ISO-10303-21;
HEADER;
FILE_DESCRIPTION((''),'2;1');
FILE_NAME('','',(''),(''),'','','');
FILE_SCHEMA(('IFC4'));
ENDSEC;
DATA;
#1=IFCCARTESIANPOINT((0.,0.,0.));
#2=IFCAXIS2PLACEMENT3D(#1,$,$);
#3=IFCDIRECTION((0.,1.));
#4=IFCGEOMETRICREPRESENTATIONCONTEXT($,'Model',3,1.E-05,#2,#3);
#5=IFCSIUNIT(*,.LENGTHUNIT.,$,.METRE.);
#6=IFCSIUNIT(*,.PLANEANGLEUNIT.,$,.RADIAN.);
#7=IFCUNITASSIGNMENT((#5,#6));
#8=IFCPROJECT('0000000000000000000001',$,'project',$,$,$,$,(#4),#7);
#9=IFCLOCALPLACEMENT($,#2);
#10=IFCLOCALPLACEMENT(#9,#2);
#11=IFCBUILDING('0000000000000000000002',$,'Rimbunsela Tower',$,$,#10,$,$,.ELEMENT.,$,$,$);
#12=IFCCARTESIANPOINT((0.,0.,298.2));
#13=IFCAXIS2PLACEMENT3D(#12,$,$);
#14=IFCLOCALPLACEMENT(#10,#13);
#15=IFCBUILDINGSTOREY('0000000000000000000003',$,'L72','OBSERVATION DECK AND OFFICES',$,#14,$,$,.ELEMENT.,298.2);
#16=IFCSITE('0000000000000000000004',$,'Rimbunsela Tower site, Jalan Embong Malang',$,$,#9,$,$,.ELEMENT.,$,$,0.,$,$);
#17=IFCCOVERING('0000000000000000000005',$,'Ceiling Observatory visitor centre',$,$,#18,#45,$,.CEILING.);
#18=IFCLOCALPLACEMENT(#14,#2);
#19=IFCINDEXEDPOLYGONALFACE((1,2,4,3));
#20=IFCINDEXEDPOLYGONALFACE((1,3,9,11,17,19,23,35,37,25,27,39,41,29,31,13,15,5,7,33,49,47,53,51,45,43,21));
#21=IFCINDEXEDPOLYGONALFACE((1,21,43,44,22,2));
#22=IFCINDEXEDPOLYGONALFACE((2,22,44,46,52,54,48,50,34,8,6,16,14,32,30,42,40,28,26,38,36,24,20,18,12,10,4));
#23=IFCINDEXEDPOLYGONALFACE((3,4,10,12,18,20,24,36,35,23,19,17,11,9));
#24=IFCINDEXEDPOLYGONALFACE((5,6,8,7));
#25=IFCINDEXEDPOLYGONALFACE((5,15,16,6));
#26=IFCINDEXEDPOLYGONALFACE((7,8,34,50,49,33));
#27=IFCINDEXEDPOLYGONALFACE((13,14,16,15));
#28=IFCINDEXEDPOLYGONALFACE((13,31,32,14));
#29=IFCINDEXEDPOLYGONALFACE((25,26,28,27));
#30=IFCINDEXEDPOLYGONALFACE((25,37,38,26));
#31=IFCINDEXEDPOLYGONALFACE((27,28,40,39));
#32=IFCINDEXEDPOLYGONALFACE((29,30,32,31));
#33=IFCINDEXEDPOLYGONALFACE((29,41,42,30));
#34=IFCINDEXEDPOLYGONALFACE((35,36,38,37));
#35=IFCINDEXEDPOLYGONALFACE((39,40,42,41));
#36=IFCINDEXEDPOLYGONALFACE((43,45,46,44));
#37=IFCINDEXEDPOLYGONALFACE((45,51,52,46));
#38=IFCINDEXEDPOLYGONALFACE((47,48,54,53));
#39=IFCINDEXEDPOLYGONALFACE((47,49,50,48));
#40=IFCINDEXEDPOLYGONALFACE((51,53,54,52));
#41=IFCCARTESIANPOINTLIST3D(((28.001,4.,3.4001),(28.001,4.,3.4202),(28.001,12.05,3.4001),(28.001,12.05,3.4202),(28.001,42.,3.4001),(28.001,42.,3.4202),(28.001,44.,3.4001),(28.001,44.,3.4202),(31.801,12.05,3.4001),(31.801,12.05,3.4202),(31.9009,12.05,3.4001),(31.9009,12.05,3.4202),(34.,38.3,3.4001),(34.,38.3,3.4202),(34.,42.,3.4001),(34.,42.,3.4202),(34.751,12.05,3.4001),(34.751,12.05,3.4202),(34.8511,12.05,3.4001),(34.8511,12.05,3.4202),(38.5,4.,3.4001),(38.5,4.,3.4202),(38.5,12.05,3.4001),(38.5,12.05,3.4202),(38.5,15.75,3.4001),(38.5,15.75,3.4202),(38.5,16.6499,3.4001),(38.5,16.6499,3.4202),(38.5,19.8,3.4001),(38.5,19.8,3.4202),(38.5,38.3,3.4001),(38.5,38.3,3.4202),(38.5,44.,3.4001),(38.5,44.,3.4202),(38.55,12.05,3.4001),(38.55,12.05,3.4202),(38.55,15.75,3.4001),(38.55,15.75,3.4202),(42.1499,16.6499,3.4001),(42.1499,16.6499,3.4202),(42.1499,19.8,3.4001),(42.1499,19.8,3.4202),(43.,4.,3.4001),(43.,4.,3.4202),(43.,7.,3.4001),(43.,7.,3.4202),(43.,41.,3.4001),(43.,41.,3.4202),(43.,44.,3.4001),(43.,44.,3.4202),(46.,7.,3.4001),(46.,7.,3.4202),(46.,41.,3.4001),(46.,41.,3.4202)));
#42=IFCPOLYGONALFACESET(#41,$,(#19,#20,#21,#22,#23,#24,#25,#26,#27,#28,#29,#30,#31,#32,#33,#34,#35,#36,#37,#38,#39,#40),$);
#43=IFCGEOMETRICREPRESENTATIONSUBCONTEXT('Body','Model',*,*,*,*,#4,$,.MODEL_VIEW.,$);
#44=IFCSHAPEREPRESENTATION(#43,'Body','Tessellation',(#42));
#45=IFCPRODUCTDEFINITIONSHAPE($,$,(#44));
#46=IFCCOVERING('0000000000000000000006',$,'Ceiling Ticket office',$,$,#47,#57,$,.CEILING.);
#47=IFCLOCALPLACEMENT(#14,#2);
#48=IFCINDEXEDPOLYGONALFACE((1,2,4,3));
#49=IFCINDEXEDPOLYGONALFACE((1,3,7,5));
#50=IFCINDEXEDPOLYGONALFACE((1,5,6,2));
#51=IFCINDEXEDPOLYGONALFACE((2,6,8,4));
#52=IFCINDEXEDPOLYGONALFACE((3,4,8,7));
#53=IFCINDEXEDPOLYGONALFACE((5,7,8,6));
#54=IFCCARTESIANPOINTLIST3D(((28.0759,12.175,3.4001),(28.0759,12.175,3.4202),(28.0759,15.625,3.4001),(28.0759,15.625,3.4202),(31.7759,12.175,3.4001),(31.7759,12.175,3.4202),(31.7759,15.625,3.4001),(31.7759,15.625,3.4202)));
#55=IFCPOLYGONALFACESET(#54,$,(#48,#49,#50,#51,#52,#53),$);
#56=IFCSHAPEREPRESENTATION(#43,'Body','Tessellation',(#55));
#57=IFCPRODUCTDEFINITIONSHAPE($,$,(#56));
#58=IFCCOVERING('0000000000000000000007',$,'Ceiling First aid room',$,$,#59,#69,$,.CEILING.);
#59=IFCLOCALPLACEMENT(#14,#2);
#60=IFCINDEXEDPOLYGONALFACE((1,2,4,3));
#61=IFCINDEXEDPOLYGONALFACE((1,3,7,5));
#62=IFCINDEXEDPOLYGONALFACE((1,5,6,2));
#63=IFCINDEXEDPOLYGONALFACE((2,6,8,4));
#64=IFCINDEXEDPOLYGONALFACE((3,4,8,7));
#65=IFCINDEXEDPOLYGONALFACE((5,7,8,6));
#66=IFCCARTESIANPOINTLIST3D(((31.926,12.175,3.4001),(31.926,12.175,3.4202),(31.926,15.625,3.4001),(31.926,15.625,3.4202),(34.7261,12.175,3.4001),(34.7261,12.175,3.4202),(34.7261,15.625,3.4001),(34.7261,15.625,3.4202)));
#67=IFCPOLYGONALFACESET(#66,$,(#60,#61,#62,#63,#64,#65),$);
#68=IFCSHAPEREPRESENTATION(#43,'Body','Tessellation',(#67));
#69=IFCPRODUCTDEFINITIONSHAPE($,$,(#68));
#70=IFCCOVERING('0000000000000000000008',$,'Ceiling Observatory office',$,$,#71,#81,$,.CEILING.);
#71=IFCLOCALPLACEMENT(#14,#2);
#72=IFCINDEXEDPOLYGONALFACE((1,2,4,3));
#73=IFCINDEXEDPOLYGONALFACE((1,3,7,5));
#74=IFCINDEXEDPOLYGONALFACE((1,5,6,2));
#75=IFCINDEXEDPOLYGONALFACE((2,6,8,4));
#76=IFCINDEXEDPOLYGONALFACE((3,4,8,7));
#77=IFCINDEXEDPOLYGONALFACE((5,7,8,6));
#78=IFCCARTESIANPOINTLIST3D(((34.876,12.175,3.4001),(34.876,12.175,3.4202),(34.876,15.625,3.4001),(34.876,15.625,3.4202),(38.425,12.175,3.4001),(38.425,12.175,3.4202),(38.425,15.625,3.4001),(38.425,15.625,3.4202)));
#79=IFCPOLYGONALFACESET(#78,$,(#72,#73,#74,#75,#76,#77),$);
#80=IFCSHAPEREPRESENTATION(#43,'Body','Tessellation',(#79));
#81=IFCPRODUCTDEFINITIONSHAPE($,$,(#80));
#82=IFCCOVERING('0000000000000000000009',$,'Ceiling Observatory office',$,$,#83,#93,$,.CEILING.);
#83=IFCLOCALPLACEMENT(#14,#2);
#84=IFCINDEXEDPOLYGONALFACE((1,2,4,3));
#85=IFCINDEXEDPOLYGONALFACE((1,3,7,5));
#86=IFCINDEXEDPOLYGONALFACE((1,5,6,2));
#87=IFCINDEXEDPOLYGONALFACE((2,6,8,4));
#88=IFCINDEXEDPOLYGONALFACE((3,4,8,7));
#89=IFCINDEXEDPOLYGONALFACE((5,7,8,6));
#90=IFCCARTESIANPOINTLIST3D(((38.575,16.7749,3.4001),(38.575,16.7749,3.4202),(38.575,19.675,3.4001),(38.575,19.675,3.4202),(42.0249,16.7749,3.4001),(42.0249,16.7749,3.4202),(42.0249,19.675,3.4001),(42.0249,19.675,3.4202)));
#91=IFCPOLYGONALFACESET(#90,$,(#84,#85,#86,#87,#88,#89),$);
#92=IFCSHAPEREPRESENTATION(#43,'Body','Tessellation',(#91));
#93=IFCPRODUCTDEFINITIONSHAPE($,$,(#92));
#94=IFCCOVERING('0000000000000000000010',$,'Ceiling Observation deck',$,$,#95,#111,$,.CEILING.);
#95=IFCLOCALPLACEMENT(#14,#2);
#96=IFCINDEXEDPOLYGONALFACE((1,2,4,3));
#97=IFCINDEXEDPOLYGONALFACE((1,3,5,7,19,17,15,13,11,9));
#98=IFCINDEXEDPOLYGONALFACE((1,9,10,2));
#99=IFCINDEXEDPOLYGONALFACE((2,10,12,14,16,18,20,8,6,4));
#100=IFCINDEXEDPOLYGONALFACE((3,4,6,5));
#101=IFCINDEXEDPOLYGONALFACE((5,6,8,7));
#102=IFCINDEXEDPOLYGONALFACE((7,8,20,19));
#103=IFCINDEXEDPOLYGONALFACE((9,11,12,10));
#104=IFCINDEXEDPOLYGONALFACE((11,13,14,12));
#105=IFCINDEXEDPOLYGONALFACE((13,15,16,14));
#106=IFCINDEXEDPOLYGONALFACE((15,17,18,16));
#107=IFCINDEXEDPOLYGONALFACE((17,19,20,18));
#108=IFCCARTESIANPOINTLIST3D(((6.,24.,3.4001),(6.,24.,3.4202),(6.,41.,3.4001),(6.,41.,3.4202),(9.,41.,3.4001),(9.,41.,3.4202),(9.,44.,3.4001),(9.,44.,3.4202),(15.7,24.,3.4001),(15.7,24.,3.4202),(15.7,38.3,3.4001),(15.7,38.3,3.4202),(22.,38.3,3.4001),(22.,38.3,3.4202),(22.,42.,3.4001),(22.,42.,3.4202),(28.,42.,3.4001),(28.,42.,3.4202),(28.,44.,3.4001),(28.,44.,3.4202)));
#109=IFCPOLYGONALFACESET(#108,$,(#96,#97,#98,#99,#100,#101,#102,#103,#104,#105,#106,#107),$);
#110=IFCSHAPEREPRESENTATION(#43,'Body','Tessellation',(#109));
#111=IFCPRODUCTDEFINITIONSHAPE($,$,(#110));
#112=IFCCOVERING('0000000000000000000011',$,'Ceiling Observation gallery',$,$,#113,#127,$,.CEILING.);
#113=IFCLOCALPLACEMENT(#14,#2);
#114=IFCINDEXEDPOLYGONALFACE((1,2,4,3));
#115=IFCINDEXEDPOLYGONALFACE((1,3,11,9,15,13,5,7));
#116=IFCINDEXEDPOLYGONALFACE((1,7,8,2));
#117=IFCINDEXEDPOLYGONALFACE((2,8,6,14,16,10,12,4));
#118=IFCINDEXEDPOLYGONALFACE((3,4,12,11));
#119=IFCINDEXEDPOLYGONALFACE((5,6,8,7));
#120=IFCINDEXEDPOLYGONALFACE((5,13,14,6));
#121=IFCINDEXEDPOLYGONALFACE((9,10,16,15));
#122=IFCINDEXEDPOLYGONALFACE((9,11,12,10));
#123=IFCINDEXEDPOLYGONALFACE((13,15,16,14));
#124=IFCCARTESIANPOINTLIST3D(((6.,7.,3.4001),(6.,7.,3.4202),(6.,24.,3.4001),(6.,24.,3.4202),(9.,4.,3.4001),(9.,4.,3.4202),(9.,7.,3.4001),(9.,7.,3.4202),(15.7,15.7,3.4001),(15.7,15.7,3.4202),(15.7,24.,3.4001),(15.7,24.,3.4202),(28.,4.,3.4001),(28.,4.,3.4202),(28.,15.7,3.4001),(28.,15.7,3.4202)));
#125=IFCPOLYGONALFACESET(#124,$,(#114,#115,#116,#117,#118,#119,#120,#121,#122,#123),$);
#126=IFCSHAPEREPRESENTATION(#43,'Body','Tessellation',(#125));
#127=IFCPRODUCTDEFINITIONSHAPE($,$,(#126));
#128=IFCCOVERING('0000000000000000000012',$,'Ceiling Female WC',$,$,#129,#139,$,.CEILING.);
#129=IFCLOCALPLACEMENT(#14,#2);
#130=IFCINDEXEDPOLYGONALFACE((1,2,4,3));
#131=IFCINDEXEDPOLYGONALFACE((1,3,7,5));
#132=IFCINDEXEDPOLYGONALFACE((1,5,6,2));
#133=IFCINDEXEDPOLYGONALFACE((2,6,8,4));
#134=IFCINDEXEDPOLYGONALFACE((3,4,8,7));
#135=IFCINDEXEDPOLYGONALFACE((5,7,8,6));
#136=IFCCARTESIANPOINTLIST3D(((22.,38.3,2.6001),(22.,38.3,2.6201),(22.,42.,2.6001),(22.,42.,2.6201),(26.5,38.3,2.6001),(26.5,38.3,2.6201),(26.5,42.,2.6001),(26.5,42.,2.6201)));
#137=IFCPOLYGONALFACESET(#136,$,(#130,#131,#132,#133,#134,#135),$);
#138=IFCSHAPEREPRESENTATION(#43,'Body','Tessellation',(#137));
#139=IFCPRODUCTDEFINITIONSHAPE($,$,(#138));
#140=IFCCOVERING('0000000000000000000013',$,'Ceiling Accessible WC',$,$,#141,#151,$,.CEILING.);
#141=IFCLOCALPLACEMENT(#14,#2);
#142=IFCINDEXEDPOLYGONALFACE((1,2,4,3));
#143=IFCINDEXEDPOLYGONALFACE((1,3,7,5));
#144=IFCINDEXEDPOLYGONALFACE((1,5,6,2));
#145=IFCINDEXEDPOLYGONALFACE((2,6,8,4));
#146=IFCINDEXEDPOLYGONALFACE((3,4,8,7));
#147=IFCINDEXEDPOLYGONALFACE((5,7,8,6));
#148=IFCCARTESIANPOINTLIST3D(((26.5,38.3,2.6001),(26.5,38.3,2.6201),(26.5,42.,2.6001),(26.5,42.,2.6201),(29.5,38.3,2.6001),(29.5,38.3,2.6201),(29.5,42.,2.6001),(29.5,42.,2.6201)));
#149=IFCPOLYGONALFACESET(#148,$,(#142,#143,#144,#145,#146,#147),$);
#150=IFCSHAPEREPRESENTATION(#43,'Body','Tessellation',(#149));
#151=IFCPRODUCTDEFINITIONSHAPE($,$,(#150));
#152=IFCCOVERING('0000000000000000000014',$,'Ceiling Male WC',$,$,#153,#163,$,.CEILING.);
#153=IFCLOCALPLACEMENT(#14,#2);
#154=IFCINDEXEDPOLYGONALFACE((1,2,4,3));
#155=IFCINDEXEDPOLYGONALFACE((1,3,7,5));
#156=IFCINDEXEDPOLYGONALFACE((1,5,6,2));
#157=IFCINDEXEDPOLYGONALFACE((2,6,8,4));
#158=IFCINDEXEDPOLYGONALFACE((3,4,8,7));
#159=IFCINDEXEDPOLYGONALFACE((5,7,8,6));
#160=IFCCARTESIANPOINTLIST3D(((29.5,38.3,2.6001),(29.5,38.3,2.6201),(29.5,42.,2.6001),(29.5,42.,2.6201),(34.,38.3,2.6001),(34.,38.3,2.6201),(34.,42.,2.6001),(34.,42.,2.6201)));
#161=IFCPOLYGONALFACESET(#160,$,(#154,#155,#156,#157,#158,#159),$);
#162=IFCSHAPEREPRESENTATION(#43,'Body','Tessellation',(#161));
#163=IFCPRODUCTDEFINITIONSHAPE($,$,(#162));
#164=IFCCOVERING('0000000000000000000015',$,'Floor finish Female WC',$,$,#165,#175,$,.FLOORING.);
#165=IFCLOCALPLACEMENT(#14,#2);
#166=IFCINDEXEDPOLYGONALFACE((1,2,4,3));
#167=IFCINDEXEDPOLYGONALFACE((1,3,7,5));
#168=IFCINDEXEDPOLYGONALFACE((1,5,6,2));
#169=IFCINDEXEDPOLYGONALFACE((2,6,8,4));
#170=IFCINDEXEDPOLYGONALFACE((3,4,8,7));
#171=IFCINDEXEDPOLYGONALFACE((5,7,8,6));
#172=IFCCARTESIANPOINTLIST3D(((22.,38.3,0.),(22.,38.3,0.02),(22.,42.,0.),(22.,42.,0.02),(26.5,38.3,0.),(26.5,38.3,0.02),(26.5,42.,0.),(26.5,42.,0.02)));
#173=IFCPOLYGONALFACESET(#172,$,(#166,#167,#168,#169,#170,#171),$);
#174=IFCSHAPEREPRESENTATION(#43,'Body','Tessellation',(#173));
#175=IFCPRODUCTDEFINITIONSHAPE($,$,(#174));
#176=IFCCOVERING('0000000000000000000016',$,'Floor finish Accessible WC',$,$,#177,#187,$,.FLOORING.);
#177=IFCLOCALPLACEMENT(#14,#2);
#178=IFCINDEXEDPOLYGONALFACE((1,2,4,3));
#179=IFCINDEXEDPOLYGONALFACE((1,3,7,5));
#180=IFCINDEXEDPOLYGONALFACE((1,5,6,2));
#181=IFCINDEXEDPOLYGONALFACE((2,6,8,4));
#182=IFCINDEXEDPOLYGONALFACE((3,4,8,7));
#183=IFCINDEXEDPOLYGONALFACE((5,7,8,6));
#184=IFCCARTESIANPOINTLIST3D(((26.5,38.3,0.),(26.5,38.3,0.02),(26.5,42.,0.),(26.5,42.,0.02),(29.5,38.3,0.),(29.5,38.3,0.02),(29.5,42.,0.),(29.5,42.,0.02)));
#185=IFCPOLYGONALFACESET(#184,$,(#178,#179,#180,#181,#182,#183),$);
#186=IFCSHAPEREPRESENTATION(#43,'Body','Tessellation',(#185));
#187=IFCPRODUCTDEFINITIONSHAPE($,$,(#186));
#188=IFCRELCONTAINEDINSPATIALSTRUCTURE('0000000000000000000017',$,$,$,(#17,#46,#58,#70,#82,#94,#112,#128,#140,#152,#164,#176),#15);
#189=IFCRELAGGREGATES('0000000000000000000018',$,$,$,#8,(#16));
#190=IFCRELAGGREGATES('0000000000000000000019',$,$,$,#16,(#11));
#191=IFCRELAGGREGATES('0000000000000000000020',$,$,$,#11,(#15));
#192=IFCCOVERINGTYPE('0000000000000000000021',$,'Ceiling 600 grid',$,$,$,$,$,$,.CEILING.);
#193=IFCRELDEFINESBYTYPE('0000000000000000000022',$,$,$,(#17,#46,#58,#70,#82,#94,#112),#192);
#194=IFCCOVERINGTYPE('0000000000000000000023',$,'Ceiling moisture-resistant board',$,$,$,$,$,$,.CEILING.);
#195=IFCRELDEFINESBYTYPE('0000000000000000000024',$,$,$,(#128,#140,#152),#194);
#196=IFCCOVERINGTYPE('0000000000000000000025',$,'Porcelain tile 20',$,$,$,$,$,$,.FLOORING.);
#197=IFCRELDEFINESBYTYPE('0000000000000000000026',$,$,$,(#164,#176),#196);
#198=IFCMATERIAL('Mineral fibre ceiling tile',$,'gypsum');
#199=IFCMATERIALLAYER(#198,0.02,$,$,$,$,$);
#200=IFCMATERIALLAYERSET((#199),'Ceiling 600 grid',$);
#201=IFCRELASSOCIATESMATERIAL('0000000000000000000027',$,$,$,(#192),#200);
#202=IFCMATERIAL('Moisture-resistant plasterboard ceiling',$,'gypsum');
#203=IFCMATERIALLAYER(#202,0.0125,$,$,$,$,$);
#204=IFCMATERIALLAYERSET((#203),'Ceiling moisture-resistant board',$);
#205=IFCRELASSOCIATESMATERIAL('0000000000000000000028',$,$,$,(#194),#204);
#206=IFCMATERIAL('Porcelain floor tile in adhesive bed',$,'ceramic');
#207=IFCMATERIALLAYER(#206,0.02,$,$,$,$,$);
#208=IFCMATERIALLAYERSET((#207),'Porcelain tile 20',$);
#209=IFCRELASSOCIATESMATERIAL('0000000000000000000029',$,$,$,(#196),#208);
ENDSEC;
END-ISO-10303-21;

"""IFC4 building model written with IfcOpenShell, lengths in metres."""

from ifc_helpers import new_model, si_unit, direction, frame, origin, place, context, subcontext, project, spatial, polyline, outline, extrude, material, layer, layer_set, type_object, element, save


model = new_model("IFC4")

# Units and contexts
model_context = context("Model", 3, precision=1e-05, world=origin(), true_north=direction((0.0, 1.0)))
body_context = subcontext(model_context, "Body", "Model", "MODEL_VIEW")
ifc_project = project(units=[si_unit("LENGTHUNIT", "METRE"), si_unit("PLANEANGLEUNIT", "RADIAN")], contexts=[model_context])

# Site, building, storey
site_placement = place(None, origin())
site = spatial("IfcSite", under=ifc_project, at=site_placement, Name="Rimbunsela Tower site, Jalan Embong Malang", CompositionType="ELEMENT", RefElevation=0.0)
building_placement = place(site_placement, origin())
building = spatial("IfcBuilding", under=site, at=building_placement, Name="Rimbunsela Tower", CompositionType="ELEMENT")
storey_placement = place(building_placement, frame((0.0, 0.0, 298.2)))
storey = spatial("IfcBuildingStorey", under=building, at=storey_placement, Name="L72", Description="OBSERVATION DECK AND OFFICES", CompositionType="ELEMENT", Elevation=298.2)

# Coverings
ifc_material_1 = material(Name="Mineral fibre ceiling tile", Category="gypsum")
ifc_layer_1 = layer(ifc_material_1, 0.02)
ifc_layer_set_1 = layer_set([ifc_layer_1], Name="Ceiling 600 grid")
covering_type_1 = type_object("IfcCoveringType", Name="Ceiling 600 grid", PredefinedType="CEILING", material=ifc_layer_set_1)
covering_1_placement = place(storey_placement, frame((0.0, 0.0, 3.4001)))
element("IfcCovering", 1, at=covering_1_placement, inside=storey, type_object=covering_type_1, Name="Ceiling Observatory visitor centre", PredefinedType="CEILING", context=body_context, shape_type="SweptSolid", body=[
    extrude(outline(polyline([(28.001, 12.05), (31.801, 12.05), (31.9009, 12.05), (34.751, 12.05), (34.8511, 12.05), (38.5, 12.05), (38.55, 12.05), (38.55, 15.75), (38.5, 15.75), (38.5, 16.6499), (42.1499, 16.6499), (42.1499, 19.8), (38.5, 19.8), (38.5, 38.3), (34.0, 38.3), (34.0, 42.0), (28.001, 42.0), (28.001, 44.0), (38.5, 44.0), (43.0, 44.0), (43.0, 41.0), (46.0, 41.0), (46.0, 7.0), (43.0, 7.0), (43.0, 4.0), (38.5, 4.0), (28.001, 4.0), (28.001, 12.05)])), origin(), (0.0, 0.0, 1.0), 0.02),
])
covering_2_placement = place(storey_placement, frame((0.0, 0.0, 3.4001)))
element("IfcCovering", 2, at=covering_2_placement, inside=storey, type_object=covering_type_1, Name="Ceiling Ticket office", PredefinedType="CEILING", context=body_context, shape_type="SweptSolid", body=[
    extrude(outline(polyline([(31.7759, 12.175), (31.7759, 15.625), (28.0759, 15.625), (28.0759, 12.175), (31.7759, 12.175)])), origin(), (0.0, 0.0, 1.0), 0.02),
])
covering_3_placement = place(storey_placement, frame((0.0, 0.0, 3.4001)))
element("IfcCovering", 3, at=covering_3_placement, inside=storey, type_object=covering_type_1, Name="Ceiling First aid room", PredefinedType="CEILING", context=body_context, shape_type="SweptSolid", body=[
    extrude(outline(polyline([(34.7261, 12.175), (34.7261, 15.625), (31.926, 15.625), (31.926, 12.175), (34.7261, 12.175)])), origin(), (0.0, 0.0, 1.0), 0.02),
])
covering_4_placement = place(storey_placement, frame((0.0, 0.0, 3.4001)))
element("IfcCovering", 4, at=covering_4_placement, inside=storey, type_object=covering_type_1, Name="Ceiling Observatory office", PredefinedType="CEILING", context=body_context, shape_type="SweptSolid", body=[
    extrude(outline(polyline([(38.425, 12.175), (38.425, 15.625), (34.876, 15.625), (34.876, 12.175), (38.425, 12.175)])), origin(), (0.0, 0.0, 1.0), 0.02),
])
covering_5_placement = place(storey_placement, frame((0.0, 0.0, 3.4001)))
element("IfcCovering", 5, at=covering_5_placement, inside=storey, type_object=covering_type_1, Name="Ceiling Observatory office", PredefinedType="CEILING", context=body_context, shape_type="SweptSolid", body=[
    extrude(outline(polyline([(42.0249, 16.7749), (42.0249, 19.675), (38.575, 19.675), (38.575, 16.7749), (42.0249, 16.7749)])), origin(), (0.0, 0.0, 1.0), 0.02),
])
covering_6_placement = place(storey_placement, frame((0.0, 0.0, 3.4001)))
element("IfcCovering", 6, at=covering_6_placement, inside=storey, type_object=covering_type_1, Name="Ceiling Observation deck", PredefinedType="CEILING", context=body_context, shape_type="SweptSolid", body=[
    extrude(outline(polyline([(9.0, 41.0), (9.0, 44.0), (28.0, 44.0), (28.0, 42.0), (22.0, 42.0), (22.0, 38.3), (15.7, 38.3), (15.7, 24.0), (6.0, 24.0), (6.0, 41.0), (9.0, 41.0)])), origin(), (0.0, 0.0, 1.0), 0.02),
])
covering_7_placement = place(storey_placement, frame((0.0, 0.0, 3.4001)))
element("IfcCovering", 7, at=covering_7_placement, inside=storey, type_object=covering_type_1, Name="Ceiling Observation gallery", PredefinedType="CEILING", context=body_context, shape_type="SweptSolid", body=[
    extrude(outline(polyline([(15.7, 15.7), (28.0, 15.7), (28.0, 4.0), (9.0, 4.0), (9.0, 7.0), (6.0, 7.0), (6.0, 24.0), (15.7, 24.0), (15.7, 15.7)])), origin(), (0.0, 0.0, 1.0), 0.02),
])
ifc_material_2 = material(Name="Moisture-resistant plasterboard ceiling", Category="gypsum")
ifc_layer_2 = layer(ifc_material_2, 0.0125)
ifc_layer_set_2 = layer_set([ifc_layer_2], Name="Ceiling moisture-resistant board")
covering_type_2 = type_object("IfcCoveringType", Name="Ceiling moisture-resistant board", PredefinedType="CEILING", material=ifc_layer_set_2)
covering_8_placement = place(storey_placement, frame((0.0, 0.0, 2.6001)))
element("IfcCovering", 8, at=covering_8_placement, inside=storey, type_object=covering_type_2, Name="Ceiling Female WC", PredefinedType="CEILING", context=body_context, shape_type="SweptSolid", body=[
    extrude(outline(polyline([(26.5, 38.3), (26.5, 42.0), (22.0, 42.0), (22.0, 38.3), (26.5, 38.3)])), origin(), (0.0, 0.0, 1.0), 0.02),
])
covering_9_placement = place(storey_placement, frame((0.0, 0.0, 2.6001)))
element("IfcCovering", 9, at=covering_9_placement, inside=storey, type_object=covering_type_2, Name="Ceiling Accessible WC", PredefinedType="CEILING", context=body_context, shape_type="SweptSolid", body=[
    extrude(outline(polyline([(29.5, 38.3), (29.5, 42.0), (26.5, 42.0), (26.5, 38.3), (29.5, 38.3)])), origin(), (0.0, 0.0, 1.0), 0.02),
])
covering_10_placement = place(storey_placement, frame((0.0, 0.0, 2.6001)))
element("IfcCovering", 10, at=covering_10_placement, inside=storey, type_object=covering_type_2, Name="Ceiling Male WC", PredefinedType="CEILING", context=body_context, shape_type="SweptSolid", body=[
    extrude(outline(polyline([(34.0, 38.3), (34.0, 42.0), (29.5, 42.0), (29.5, 38.3), (34.0, 38.3)])), origin(), (0.0, 0.0, 1.0), 0.02),
])
ifc_material_3 = material(Name="Porcelain floor tile in adhesive bed", Category="ceramic")
ifc_layer_3 = layer(ifc_material_3, 0.02)
ifc_layer_set_3 = layer_set([ifc_layer_3], Name="Porcelain tile 20")
covering_type_3 = type_object("IfcCoveringType", Name="Porcelain tile 20", PredefinedType="FLOORING", material=ifc_layer_set_3)
covering_11_placement = place(storey_placement, origin())
element("IfcCovering", 11, at=covering_11_placement, inside=storey, type_object=covering_type_3, Name="Floor finish Female WC", PredefinedType="FLOORING", context=body_context, shape_type="SweptSolid", body=[
    extrude(outline(polyline([(26.5, 38.3), (26.5, 42.0), (22.0, 42.0), (22.0, 38.3), (26.5, 38.3)])), origin(), (0.0, 0.0, 1.0), 0.02),
])
covering_12_placement = place(storey_placement, origin())
element("IfcCovering", 12, at=covering_12_placement, inside=storey, type_object=covering_type_3, Name="Floor finish Accessible WC", PredefinedType="FLOORING", context=body_context, shape_type="SweptSolid", body=[
    extrude(outline(polyline([(29.5, 38.3), (29.5, 42.0), (26.5, 42.0), (26.5, 38.3), (29.5, 38.3)])), origin(), (0.0, 0.0, 1.0), 0.02),
])

save(model, "model.ifc")
